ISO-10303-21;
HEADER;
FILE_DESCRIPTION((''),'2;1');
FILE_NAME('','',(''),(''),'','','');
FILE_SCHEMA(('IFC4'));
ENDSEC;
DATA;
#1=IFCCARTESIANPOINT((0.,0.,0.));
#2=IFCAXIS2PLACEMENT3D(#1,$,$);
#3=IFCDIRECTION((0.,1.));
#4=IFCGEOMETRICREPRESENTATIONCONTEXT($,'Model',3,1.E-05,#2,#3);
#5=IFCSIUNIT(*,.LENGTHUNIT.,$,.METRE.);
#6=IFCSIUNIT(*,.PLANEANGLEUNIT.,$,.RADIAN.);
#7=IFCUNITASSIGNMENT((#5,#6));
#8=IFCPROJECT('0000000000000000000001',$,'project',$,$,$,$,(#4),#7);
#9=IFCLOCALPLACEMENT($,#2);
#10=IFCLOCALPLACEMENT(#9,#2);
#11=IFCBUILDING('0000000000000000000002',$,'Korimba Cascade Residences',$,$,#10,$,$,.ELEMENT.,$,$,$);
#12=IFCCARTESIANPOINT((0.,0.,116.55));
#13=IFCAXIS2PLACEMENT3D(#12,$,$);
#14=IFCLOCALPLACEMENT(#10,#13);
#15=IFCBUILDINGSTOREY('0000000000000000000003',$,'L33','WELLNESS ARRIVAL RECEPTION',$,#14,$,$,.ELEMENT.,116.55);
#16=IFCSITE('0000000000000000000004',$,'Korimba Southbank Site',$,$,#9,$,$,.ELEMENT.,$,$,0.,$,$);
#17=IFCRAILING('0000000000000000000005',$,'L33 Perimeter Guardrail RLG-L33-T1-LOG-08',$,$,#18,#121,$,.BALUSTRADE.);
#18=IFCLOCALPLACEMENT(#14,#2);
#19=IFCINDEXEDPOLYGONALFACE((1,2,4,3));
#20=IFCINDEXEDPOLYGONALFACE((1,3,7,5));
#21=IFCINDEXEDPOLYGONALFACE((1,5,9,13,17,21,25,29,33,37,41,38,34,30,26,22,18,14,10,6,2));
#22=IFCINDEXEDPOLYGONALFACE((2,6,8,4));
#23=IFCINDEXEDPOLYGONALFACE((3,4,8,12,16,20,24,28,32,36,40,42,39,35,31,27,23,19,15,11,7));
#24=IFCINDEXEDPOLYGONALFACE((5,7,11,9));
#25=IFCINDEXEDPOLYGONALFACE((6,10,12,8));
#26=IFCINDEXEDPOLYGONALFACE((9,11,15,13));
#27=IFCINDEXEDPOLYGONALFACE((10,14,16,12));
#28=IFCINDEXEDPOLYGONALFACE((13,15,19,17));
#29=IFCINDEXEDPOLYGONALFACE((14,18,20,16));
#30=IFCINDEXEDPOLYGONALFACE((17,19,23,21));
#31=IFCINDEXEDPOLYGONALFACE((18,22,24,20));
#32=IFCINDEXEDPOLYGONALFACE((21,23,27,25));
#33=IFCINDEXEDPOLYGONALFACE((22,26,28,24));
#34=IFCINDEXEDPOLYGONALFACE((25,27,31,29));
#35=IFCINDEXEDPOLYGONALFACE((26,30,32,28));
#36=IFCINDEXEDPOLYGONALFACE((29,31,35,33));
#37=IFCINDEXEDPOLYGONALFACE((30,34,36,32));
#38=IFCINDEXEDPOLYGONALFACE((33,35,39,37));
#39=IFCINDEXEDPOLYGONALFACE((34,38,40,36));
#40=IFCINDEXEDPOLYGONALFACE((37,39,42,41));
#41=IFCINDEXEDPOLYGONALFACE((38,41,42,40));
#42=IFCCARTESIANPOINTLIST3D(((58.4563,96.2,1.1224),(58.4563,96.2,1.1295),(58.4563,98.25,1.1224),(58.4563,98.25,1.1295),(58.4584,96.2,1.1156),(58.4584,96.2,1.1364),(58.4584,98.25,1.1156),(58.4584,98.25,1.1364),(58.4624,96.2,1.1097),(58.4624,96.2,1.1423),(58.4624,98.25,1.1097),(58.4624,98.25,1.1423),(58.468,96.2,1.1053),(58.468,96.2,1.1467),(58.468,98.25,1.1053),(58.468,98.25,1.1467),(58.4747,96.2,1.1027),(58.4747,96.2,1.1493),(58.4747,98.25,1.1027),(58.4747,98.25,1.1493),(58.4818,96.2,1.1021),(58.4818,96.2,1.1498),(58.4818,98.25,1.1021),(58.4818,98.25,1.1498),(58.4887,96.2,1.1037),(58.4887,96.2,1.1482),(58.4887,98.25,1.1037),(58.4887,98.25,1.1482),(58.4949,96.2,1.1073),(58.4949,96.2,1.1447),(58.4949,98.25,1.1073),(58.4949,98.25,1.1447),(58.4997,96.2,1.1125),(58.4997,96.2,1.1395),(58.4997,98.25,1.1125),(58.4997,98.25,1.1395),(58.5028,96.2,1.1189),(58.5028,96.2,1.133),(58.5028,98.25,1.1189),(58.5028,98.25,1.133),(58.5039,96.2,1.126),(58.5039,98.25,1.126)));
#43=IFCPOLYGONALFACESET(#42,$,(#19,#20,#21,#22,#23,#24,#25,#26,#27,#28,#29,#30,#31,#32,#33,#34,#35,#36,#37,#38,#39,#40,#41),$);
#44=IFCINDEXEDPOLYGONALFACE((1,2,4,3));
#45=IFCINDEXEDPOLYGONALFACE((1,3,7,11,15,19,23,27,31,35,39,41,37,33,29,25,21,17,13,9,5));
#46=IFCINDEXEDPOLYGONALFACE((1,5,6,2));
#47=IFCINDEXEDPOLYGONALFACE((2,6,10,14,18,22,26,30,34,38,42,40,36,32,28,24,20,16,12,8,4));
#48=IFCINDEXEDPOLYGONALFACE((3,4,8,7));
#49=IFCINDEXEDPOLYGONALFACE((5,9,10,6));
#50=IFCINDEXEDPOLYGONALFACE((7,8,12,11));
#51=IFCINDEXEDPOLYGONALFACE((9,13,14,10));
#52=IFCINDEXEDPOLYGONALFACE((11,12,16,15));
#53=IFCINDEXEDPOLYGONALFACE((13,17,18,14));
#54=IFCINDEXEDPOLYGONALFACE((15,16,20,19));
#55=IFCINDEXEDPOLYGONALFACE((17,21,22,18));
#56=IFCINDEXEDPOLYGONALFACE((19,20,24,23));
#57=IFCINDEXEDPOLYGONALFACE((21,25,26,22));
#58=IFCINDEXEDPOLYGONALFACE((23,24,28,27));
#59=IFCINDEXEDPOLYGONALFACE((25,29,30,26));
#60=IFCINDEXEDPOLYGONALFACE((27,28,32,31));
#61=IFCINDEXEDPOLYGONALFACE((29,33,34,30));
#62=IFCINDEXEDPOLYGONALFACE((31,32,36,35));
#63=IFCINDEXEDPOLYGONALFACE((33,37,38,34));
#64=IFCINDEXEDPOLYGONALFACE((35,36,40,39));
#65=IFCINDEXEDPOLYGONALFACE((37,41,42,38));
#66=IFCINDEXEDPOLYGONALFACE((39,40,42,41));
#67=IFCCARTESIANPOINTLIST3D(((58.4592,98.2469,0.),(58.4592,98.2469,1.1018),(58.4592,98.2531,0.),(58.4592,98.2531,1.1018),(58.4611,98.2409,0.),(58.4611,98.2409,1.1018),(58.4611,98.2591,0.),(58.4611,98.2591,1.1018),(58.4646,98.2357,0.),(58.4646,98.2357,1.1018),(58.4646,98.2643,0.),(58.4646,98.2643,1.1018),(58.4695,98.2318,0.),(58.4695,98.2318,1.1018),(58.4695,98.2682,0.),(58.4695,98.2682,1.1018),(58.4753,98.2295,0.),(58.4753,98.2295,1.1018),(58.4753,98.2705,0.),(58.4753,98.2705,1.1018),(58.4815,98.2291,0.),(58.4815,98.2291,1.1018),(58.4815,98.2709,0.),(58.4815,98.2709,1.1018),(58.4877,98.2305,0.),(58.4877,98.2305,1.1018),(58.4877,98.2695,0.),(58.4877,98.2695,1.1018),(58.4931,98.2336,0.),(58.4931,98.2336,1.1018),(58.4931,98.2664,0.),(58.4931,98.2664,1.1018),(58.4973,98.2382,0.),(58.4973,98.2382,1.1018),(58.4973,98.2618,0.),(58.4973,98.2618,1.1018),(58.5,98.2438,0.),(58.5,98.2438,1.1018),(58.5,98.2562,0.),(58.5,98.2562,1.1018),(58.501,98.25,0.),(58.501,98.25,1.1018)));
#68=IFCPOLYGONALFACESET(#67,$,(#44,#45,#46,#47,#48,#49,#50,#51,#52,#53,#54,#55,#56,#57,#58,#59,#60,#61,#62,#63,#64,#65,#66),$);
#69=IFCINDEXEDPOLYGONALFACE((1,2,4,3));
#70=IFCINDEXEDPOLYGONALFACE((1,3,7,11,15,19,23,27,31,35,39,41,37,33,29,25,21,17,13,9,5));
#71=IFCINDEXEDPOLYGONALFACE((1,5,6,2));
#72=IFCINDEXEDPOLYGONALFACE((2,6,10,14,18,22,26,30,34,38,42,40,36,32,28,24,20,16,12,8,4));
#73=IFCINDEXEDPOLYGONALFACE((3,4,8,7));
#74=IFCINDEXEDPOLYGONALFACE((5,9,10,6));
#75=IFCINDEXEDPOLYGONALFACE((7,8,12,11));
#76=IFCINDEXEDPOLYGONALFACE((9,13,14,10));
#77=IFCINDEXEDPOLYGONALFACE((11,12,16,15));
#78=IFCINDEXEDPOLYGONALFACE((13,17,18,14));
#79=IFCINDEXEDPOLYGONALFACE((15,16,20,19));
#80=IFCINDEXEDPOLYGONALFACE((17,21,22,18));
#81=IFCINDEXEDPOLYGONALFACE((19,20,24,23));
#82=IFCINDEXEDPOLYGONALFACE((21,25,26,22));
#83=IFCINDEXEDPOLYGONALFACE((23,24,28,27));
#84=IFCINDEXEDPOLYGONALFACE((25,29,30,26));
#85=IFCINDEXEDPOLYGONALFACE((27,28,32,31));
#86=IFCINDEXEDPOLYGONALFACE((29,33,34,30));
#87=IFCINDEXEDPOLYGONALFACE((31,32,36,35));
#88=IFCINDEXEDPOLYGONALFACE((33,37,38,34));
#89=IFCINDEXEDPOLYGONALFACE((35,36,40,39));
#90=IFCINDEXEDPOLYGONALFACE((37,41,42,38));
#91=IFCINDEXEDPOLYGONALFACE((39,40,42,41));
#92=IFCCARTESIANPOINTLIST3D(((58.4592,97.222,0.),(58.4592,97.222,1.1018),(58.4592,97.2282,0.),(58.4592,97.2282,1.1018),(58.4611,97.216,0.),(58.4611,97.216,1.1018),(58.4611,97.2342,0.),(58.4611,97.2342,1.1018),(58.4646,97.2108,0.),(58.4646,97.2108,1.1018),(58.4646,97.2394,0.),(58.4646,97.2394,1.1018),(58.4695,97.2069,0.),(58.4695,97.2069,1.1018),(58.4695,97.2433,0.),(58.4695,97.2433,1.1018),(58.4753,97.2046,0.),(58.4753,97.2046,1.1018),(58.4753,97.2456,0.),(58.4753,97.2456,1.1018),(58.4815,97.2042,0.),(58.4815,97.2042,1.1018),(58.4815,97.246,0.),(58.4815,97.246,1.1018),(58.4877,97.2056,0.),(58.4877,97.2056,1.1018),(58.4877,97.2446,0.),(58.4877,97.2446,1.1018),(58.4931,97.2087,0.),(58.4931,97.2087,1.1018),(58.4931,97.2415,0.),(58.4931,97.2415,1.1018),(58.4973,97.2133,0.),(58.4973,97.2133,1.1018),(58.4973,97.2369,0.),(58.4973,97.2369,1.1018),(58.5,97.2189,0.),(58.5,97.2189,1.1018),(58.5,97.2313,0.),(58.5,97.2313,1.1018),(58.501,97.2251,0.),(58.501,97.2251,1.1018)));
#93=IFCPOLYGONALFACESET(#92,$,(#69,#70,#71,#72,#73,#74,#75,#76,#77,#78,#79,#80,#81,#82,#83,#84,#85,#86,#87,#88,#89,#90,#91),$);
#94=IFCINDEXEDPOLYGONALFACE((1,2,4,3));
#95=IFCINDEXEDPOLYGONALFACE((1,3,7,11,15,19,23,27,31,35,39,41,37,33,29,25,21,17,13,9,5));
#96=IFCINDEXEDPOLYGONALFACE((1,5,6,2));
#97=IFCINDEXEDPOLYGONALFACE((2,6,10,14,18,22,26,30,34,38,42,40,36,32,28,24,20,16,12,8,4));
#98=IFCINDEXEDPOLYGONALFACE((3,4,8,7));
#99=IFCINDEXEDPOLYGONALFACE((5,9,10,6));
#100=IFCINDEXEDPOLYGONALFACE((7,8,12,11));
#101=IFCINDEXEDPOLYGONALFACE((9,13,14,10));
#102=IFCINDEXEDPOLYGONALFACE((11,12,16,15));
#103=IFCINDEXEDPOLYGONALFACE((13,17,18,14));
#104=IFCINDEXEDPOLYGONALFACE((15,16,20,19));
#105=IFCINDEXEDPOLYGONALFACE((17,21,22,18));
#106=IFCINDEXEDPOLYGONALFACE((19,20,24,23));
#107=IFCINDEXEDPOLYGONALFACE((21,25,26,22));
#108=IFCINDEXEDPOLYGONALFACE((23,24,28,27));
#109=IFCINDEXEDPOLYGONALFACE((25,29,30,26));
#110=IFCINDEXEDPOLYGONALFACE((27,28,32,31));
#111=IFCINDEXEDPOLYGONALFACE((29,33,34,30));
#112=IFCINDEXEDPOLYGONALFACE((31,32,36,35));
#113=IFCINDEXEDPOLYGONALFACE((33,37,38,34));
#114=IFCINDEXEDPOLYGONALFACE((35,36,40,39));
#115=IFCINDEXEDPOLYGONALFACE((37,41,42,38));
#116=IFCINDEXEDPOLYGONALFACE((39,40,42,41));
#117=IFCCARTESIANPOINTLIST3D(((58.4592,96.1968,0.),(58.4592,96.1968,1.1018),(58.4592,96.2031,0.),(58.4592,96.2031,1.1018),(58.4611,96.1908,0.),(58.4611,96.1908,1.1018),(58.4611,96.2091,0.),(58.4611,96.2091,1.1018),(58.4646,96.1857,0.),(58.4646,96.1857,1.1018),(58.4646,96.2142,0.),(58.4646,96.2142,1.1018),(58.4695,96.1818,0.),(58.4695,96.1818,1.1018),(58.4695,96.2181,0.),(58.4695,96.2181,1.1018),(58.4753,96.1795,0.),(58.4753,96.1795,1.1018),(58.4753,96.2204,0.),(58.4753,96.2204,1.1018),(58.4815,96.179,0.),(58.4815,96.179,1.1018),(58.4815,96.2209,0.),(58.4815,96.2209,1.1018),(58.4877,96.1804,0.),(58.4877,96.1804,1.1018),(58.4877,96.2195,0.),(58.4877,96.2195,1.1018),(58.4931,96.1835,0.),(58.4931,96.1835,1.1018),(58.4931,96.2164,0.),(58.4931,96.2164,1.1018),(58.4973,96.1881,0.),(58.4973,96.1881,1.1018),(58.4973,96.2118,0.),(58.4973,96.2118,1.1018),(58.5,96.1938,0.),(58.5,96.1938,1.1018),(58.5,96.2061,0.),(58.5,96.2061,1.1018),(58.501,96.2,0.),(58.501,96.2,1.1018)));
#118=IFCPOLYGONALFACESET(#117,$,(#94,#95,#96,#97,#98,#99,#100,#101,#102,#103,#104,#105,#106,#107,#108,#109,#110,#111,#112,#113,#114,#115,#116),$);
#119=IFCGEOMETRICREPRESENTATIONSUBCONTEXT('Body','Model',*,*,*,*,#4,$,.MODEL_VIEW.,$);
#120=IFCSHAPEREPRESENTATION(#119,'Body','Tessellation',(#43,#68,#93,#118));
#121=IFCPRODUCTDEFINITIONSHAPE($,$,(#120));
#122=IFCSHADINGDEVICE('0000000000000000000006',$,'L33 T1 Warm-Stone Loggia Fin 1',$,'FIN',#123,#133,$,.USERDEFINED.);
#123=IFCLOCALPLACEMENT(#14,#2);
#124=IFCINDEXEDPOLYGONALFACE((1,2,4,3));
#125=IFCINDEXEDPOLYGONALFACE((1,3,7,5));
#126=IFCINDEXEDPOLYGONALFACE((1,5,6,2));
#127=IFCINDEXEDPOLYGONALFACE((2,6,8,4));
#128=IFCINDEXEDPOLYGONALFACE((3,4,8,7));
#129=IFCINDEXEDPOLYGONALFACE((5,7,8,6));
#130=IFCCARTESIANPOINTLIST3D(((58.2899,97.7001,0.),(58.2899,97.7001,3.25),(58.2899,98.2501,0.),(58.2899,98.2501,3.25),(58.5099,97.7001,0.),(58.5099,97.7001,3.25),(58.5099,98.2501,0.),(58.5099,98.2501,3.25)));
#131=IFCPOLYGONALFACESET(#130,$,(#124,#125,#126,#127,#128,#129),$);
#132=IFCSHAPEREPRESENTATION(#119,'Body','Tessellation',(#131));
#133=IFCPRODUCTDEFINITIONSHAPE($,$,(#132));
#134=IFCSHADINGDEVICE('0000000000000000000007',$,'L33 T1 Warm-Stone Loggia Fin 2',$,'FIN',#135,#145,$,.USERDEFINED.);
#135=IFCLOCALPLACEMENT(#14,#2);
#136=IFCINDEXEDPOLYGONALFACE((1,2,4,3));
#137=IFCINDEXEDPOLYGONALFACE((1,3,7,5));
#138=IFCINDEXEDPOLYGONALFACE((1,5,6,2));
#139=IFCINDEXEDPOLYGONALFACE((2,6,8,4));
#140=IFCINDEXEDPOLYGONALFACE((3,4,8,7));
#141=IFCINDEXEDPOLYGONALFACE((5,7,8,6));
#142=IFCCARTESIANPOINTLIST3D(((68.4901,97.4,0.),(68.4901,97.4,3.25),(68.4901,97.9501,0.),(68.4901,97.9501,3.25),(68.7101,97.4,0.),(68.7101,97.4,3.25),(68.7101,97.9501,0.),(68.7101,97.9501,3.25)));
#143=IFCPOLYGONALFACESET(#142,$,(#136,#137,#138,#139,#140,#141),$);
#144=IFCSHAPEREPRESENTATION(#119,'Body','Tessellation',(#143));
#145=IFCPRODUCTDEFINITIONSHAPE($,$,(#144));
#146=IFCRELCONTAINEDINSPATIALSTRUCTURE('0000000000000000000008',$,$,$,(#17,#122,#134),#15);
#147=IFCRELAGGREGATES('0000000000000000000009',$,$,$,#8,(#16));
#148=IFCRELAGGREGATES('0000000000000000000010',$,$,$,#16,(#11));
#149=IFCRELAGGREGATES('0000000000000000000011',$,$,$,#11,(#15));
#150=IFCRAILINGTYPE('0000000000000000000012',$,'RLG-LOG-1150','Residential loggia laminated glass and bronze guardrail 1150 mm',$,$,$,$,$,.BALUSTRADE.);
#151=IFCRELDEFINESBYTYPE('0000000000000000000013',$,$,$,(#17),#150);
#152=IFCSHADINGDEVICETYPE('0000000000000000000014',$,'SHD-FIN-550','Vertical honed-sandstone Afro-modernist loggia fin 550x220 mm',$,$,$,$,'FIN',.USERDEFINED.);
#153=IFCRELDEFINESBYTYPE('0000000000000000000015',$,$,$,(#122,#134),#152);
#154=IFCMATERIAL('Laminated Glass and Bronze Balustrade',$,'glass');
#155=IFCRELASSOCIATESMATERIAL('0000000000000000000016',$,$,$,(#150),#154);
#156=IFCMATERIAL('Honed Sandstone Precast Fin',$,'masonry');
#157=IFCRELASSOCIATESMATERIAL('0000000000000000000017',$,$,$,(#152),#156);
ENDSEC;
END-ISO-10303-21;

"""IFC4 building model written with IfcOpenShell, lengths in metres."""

from ifc_helpers import new_model, si_unit, direction, frame, origin, origin_2d, place, context, subcontext, project, spatial, rectangle, circle, extrude, material, type_object, element, save


model = new_model("IFC4")

# Units and contexts
model_context = context("Model", 3, precision=1e-05, world=origin(), true_north=direction((0.0, 1.0)))
body_context = subcontext(model_context, "Body", "Model", "MODEL_VIEW")
ifc_project = project(units=[si_unit("LENGTHUNIT", "METRE"), si_unit("PLANEANGLEUNIT", "RADIAN")], contexts=[model_context])

# Site, building, storey
site_placement = place(None, origin())
site = spatial("IfcSite", under=ifc_project, at=site_placement, Name="Korimba Southbank Site", CompositionType="ELEMENT", RefElevation=0.0)
building_placement = place(site_placement, origin())
building = spatial("IfcBuilding", under=site, at=building_placement, Name="Korimba Cascade Residences", CompositionType="ELEMENT")
storey_placement = place(building_placement, frame((0.0, 0.0, 116.55)))
storey = spatial("IfcBuildingStorey", under=building, at=storey_placement, Name="L33", Description="WELLNESS ARRIVAL RECEPTION", CompositionType="ELEMENT", Elevation=116.55)

# Railing
ifc_material_1 = material(Name="Laminated Glass and Bronze Balustrade", Category="glass")
railing_type = type_object("IfcRailingType", Name="RLG-LOG-1150", Description="Residential loggia laminated glass and bronze guardrail 1150 mm", PredefinedType="BALUSTRADE", material=ifc_material_1)
railing_1_placement = place(storey_placement, frame((58.48, 98.25, 0.0)))
element("IfcRailing", 1, at=railing_1_placement, inside=storey, type_object=railing_type, Name="L33 Perimeter Guardrail RLG-L33-T1-LOG-08", PredefinedType="BALUSTRADE", context=body_context, shape_type="SweptSolid", body=[
    extrude(circle(Radius=0.0239, at=origin_2d()), frame((0.0, 0.0, 1.126), z_axis=(0.0, -1.0, 0.0), x_axis=(1.0, 0.0, 0.0)), (0.0, 0.0, 1.0), 2.05),
    extrude(circle(Radius=0.021, at=origin_2d()), origin(), (0.0, 0.0, 1.0), 1.1018),
    extrude(circle(Radius=0.021, at=origin_2d()), frame((0.0, -1.0249, 0.0)), (0.0, 0.0, 1.0), 1.1018),
    extrude(circle(Radius=0.021, at=origin_2d()), frame((0.0, -2.05, 0.0)), (0.0, 0.0, 1.0), 1.1018),
])

# Shading devices
ifc_material_2 = material(Name="Honed Sandstone Precast Fin", Category="masonry")
shading_device_type = type_object("IfcShadingDeviceType", Name="SHD-FIN-550", Description="Vertical honed-sandstone Afro-modernist loggia fin 550x220 mm", ElementType="FIN", PredefinedType="USERDEFINED", material=ifc_material_2)
for number, where, z_axis, x_axis, name in (
    (2, (58.3999, 97.9751, 0.0), (0.0, 0.0, 1.0), (1.0, 0.0, 0.0), "L33 T1 Warm-Stone Loggia Fin 1"),
    (3, (68.6001, 97.675, 0.0), (0.0, 0.0, 1.0), (1.0, 0.0, 0.0), "L33 T1 Warm-Stone Loggia Fin 2"),
):
    element("IfcShadingDevice", number, at=place(storey_placement, frame(where, z_axis=z_axis, x_axis=x_axis)), inside=storey, type_object=shading_device_type, Name=name, ObjectType="FIN", PredefinedType="USERDEFINED", context=body_context, shape_type="SweptSolid", body=[
        extrude(rectangle(XDim=0.22, YDim=0.55, at=origin_2d()), origin(), (0.0, 0.0, 1.0), 3.25),
    ])

save(model, "model.ifc")
